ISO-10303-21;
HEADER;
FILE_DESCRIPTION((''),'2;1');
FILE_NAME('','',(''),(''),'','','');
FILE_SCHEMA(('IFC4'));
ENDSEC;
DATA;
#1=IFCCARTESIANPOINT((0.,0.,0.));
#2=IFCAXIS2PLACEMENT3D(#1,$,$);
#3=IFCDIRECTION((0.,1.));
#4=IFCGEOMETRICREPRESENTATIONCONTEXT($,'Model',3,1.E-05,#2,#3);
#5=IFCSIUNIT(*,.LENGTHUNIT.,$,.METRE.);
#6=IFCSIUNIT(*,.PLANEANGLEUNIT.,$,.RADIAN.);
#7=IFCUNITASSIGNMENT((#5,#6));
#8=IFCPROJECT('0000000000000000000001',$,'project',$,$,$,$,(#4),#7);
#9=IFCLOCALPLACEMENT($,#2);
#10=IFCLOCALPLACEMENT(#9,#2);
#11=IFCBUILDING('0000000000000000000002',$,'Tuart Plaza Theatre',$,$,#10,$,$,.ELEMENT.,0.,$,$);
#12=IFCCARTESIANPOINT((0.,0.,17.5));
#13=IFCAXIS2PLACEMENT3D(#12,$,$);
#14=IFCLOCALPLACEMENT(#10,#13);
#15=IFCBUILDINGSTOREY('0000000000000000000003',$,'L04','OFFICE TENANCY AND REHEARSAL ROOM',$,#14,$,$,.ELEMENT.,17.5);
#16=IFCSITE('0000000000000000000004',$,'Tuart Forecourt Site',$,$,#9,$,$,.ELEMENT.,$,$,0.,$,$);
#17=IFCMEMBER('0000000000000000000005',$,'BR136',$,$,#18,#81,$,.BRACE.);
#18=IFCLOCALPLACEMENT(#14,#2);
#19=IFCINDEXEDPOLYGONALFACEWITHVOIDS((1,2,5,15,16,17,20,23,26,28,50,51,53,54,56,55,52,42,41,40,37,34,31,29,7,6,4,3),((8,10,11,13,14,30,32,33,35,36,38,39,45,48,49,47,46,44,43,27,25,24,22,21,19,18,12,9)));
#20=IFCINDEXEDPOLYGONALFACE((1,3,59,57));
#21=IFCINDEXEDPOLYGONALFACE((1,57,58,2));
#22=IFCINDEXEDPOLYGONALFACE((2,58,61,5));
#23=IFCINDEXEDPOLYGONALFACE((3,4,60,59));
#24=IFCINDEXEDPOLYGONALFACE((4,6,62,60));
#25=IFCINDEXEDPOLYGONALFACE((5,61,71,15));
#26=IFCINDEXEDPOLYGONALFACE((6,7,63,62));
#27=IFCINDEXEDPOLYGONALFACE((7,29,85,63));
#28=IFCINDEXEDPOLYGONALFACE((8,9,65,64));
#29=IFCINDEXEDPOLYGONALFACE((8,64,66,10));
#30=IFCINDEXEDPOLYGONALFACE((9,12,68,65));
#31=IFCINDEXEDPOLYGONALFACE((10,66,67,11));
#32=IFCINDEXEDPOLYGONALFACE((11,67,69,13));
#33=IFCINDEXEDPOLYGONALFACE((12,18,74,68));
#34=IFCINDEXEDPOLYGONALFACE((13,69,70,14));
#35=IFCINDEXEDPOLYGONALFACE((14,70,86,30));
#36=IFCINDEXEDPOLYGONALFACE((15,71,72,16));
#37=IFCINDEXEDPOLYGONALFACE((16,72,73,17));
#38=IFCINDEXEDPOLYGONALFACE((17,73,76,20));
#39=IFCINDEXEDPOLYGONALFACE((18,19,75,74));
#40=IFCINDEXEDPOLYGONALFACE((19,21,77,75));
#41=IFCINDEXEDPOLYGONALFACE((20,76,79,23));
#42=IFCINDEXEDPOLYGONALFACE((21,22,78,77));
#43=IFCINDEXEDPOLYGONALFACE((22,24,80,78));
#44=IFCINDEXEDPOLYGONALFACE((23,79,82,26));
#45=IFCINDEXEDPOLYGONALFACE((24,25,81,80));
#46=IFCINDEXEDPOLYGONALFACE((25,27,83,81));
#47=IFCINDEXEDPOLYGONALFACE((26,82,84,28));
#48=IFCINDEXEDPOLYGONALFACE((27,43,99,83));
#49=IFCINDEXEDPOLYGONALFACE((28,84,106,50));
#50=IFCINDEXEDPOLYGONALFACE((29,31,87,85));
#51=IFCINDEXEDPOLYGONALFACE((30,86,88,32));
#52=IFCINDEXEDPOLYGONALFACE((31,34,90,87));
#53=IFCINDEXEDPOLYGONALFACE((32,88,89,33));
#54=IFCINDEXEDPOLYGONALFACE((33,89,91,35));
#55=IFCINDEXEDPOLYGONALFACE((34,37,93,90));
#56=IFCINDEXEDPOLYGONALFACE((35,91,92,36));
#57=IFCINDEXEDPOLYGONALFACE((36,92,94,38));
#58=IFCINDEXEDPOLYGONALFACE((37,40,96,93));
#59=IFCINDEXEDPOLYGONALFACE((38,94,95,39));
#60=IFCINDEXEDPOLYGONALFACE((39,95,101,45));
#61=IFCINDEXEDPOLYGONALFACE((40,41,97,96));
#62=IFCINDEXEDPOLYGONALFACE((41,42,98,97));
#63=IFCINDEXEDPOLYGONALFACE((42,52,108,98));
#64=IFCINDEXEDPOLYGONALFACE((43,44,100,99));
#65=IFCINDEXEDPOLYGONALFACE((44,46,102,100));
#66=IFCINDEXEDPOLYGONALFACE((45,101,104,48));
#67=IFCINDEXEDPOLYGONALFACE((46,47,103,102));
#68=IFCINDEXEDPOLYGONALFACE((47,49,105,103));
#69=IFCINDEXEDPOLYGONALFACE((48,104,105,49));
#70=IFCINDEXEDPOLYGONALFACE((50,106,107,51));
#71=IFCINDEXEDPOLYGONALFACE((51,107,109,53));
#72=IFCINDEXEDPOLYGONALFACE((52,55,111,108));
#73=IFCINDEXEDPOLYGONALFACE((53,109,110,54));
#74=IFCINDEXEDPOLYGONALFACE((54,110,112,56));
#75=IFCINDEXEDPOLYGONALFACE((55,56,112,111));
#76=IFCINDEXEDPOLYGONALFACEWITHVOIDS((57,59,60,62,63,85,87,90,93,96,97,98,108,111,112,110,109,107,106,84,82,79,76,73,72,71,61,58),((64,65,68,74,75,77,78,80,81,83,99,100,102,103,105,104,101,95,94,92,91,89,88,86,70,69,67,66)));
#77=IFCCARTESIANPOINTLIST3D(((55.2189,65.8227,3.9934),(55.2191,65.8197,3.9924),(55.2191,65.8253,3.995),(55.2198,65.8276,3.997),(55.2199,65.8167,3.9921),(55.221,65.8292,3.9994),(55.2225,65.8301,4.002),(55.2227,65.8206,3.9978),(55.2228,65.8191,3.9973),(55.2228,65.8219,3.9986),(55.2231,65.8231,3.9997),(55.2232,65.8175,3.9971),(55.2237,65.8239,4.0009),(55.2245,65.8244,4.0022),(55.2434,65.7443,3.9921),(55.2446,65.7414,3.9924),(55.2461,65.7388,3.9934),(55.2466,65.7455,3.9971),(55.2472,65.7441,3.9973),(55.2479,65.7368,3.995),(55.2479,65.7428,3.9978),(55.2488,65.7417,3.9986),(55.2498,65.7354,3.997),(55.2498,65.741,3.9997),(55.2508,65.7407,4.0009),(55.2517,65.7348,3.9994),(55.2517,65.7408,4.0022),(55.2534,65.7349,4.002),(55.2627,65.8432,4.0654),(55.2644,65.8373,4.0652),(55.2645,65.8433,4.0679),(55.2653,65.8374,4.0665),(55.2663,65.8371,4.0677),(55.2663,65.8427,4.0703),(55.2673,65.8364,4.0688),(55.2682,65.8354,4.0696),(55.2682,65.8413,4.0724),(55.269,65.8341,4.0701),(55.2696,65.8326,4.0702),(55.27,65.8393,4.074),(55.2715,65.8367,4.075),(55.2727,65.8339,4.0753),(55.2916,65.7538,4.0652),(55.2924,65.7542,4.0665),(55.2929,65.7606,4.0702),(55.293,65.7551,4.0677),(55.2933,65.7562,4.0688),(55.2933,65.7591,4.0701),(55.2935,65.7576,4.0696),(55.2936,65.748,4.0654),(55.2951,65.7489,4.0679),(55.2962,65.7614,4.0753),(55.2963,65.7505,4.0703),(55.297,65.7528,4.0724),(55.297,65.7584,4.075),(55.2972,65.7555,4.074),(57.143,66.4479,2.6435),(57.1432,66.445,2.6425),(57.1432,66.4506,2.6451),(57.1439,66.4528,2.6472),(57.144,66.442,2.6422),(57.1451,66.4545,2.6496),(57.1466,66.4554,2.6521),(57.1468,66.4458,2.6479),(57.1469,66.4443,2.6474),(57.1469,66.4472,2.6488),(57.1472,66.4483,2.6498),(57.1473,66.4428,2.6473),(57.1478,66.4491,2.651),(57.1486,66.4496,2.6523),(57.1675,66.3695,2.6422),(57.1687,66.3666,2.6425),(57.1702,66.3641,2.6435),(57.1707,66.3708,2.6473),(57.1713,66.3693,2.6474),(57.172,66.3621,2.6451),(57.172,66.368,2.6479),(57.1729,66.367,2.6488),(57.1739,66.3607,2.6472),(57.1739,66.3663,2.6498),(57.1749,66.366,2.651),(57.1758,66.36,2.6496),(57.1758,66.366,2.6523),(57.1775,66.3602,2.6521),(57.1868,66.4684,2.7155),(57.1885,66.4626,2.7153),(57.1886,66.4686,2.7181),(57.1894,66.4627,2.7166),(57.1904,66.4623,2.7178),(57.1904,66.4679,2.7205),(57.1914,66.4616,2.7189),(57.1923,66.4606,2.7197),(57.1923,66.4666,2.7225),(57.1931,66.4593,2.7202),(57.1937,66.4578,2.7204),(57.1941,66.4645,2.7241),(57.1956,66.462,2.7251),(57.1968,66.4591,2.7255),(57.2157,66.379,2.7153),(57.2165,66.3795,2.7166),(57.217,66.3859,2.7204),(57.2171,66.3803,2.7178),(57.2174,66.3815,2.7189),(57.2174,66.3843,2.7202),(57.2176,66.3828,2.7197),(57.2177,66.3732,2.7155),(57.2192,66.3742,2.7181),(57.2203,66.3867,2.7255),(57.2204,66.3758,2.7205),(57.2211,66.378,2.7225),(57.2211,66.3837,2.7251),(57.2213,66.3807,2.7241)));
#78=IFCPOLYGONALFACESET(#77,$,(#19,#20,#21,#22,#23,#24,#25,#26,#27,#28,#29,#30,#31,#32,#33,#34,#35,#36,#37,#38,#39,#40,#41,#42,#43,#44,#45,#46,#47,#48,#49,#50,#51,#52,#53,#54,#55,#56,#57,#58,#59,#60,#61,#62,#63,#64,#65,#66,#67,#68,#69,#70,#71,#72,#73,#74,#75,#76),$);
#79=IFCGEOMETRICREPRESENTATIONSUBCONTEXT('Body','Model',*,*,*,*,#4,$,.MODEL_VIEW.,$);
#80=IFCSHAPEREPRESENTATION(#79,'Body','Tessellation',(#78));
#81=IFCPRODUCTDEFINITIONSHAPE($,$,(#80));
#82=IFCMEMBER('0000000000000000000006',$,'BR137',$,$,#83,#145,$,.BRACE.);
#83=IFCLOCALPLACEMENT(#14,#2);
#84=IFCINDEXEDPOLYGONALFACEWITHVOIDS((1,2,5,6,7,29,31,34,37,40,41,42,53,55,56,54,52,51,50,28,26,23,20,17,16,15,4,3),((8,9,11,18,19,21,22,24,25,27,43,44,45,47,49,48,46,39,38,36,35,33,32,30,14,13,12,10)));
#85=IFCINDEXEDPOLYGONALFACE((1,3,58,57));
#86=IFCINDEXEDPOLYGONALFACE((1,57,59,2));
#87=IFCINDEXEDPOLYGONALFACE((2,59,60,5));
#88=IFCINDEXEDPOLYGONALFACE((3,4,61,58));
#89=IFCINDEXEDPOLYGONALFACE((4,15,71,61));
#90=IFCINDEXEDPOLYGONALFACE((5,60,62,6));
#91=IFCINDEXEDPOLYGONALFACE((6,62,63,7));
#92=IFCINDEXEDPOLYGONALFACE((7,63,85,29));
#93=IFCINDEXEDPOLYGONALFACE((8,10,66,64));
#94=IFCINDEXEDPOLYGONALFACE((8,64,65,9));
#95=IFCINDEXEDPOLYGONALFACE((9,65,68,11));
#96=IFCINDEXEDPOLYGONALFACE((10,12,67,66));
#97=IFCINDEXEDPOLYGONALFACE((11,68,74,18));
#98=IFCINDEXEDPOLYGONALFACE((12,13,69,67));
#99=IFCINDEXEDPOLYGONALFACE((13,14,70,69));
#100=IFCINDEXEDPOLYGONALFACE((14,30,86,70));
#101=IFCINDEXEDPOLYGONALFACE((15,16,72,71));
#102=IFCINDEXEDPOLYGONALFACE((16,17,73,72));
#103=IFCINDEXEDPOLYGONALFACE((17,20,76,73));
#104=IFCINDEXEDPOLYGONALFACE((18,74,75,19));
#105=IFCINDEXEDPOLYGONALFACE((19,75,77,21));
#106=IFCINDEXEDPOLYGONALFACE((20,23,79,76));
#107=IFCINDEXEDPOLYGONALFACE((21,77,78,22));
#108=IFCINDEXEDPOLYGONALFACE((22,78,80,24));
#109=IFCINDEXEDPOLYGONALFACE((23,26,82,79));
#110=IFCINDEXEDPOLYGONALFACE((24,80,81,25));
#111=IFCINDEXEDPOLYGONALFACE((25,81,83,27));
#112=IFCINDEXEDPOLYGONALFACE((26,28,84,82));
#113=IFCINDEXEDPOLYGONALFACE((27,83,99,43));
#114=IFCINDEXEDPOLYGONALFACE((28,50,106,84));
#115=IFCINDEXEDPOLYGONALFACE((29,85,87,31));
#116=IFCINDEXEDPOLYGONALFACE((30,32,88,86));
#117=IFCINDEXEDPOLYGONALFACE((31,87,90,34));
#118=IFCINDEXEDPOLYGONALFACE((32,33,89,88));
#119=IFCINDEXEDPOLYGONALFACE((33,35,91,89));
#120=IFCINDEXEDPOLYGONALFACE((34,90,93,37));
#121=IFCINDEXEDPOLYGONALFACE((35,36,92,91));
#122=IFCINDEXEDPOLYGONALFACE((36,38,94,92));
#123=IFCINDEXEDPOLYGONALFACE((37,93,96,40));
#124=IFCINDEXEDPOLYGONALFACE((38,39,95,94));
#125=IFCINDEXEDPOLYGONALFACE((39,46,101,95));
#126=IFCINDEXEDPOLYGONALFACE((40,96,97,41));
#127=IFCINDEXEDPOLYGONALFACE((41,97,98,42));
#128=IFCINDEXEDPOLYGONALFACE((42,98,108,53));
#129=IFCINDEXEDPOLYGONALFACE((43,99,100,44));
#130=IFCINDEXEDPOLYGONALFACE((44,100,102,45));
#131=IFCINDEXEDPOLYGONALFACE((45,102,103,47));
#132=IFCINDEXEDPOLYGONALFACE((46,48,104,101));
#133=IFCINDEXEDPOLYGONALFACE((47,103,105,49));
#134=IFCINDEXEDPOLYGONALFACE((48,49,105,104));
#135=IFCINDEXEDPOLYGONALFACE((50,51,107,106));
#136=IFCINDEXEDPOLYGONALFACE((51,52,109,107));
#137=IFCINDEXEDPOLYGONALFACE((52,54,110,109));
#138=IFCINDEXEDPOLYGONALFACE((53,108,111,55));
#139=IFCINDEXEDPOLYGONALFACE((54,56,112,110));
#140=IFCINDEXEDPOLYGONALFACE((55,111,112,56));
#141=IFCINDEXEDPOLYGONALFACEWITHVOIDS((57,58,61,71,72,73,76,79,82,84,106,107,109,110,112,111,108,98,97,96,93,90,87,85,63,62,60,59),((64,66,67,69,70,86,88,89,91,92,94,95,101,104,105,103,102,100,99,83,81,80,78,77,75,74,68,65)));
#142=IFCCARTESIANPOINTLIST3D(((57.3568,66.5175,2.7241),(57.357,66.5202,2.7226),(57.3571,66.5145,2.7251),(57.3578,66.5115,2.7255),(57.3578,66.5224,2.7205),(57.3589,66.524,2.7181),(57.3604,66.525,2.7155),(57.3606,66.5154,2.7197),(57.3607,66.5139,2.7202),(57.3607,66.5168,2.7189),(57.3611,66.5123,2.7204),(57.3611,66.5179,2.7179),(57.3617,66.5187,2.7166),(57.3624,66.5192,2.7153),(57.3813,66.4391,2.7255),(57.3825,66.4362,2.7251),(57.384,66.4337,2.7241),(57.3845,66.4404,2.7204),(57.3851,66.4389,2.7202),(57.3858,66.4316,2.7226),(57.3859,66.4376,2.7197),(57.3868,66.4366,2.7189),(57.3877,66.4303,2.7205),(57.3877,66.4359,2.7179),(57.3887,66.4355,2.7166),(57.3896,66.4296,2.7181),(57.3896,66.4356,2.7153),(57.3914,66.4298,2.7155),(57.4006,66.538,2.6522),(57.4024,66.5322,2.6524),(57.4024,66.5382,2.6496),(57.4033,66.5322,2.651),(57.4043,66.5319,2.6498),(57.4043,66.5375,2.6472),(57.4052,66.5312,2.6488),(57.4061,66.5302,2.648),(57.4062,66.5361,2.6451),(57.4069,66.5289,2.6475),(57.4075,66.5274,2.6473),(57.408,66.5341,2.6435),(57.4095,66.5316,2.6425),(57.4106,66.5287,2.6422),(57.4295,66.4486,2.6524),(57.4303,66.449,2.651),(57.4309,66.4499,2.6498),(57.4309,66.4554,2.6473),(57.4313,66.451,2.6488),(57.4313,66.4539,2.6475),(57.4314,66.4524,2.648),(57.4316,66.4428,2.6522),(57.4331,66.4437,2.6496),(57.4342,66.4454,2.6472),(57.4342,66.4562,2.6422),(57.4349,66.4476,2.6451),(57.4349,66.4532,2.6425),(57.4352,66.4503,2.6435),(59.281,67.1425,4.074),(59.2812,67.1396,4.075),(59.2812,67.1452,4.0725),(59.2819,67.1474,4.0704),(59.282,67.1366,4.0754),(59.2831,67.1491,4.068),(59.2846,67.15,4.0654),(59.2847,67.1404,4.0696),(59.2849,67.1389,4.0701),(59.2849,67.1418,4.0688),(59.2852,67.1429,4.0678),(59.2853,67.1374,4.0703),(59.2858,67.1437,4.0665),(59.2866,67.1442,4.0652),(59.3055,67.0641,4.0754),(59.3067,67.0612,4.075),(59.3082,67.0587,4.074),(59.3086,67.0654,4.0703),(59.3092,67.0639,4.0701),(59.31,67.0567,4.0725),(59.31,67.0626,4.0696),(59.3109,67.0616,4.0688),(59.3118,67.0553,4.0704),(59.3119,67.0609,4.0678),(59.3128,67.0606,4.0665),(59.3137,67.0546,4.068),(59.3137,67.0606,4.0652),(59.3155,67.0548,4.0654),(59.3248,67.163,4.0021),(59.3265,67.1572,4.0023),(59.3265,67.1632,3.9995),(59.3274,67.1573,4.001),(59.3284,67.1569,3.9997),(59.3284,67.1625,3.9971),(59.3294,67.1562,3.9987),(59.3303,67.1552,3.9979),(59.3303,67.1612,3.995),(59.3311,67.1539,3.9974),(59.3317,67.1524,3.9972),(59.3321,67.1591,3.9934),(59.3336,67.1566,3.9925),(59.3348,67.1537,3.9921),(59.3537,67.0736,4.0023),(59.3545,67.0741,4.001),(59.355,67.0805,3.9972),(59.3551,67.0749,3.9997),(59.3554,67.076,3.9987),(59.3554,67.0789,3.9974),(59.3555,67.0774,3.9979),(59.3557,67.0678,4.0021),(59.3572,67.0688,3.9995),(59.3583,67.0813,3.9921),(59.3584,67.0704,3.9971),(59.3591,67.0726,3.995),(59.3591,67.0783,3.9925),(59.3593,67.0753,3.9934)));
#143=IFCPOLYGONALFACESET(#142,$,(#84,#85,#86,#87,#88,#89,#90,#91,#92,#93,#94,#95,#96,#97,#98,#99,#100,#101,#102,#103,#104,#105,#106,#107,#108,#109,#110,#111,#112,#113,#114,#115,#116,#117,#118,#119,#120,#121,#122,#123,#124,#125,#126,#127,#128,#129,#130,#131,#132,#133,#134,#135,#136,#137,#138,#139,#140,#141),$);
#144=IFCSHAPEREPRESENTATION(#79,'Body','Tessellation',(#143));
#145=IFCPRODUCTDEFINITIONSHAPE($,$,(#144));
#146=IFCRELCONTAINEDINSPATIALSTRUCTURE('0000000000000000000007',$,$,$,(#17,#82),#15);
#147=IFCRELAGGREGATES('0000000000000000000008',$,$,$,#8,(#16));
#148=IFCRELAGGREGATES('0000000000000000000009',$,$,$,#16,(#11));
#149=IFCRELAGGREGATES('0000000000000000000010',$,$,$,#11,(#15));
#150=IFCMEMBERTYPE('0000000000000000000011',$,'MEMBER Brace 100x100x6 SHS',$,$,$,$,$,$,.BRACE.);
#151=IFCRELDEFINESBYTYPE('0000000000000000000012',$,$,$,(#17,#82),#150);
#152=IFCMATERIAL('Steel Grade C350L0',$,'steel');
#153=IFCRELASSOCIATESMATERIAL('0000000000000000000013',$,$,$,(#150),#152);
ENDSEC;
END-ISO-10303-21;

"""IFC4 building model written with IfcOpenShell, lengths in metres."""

from ifc_helpers import new_model, si_unit, direction, frame, origin, origin_2d, place, context, subcontext, project, spatial, hollow_rectangle, extrude, material, material_profile, profile_set, type_object, element, save


model = new_model("IFC4")

# Units and contexts
model_context = context("Model", 3, precision=1e-05, world=origin(), true_north=direction((0.0, 1.0)))
body_context = subcontext(model_context, "Body", "Model", "MODEL_VIEW")
ifc_project = project(units=[si_unit("LENGTHUNIT", "METRE"), si_unit("PLANEANGLEUNIT", "RADIAN")], contexts=[model_context])

# Site, building, storey
site_placement = place(None, origin())
site = spatial("IfcSite", under=ifc_project, at=site_placement, Name="Tuart Forecourt Site", CompositionType="ELEMENT", RefElevation=0.0)
building_placement = place(site_placement, origin())
building = spatial("IfcBuilding", under=site, at=building_placement, Name="Tuart Plaza Theatre", CompositionType="ELEMENT", ElevationOfRefHeight=0.0)
storey_placement = place(building_placement, frame((0.0, 0.0, 17.5)))
storey = spatial("IfcBuildingStorey", under=building, at=storey_placement, Name="L04", Description="OFFICE TENANCY AND REHEARSAL ROOM", CompositionType="ELEMENT", Elevation=17.5)

# Members
ifc_material_1 = material(Name="Steel Grade C350L0", Category="steel")
ifc_material_profile_1 = material_profile(ifc_material_1, hollow_rectangle(XDim=0.1001, YDim=0.1001, WallThickness=0.0061, InnerFilletRadius=0.0061, OuterFilletRadius=0.012, at=origin_2d()), Name="100x100x6 SHS")
ifc_profile_set_1 = profile_set([ifc_material_profile_1], Name="Steel Grade C350L0")
member_type_1 = type_object("IfcMemberType", Name="MEMBER Brace 100x100x6 SHS", PredefinedType="BRACE", material=ifc_profile_set_1)
for number, where, z_axis, x_axis, name in (
    (1, (55.2581, 65.7891, 4.0337), (0.791117, 0.25708, -0.555017), (-0.309051, 0.951046, 0.0), "BR136"),
    (2, (57.396, 66.4839, 2.6838), (0.791137, 0.256987, 0.555031), (-0.308941, 0.951081, 0.0), "BR137"),
):
    element("IfcMember", number, at=place(storey_placement, frame(where, z_axis=z_axis, x_axis=x_axis)), inside=storey, type_object=member_type_1, Name=name, PredefinedType="BRACE", context=body_context, shape_type="SweptSolid", body=[
        extrude(hollow_rectangle(XDim=0.1001, YDim=0.1001, WallThickness=0.0061, InnerFilletRadius=0.0061, OuterFilletRadius=0.012, at=origin_2d()), origin(), (0.0, 0.0, 1.0), 2.4321),
    ])

save(model, "model.ifc")
